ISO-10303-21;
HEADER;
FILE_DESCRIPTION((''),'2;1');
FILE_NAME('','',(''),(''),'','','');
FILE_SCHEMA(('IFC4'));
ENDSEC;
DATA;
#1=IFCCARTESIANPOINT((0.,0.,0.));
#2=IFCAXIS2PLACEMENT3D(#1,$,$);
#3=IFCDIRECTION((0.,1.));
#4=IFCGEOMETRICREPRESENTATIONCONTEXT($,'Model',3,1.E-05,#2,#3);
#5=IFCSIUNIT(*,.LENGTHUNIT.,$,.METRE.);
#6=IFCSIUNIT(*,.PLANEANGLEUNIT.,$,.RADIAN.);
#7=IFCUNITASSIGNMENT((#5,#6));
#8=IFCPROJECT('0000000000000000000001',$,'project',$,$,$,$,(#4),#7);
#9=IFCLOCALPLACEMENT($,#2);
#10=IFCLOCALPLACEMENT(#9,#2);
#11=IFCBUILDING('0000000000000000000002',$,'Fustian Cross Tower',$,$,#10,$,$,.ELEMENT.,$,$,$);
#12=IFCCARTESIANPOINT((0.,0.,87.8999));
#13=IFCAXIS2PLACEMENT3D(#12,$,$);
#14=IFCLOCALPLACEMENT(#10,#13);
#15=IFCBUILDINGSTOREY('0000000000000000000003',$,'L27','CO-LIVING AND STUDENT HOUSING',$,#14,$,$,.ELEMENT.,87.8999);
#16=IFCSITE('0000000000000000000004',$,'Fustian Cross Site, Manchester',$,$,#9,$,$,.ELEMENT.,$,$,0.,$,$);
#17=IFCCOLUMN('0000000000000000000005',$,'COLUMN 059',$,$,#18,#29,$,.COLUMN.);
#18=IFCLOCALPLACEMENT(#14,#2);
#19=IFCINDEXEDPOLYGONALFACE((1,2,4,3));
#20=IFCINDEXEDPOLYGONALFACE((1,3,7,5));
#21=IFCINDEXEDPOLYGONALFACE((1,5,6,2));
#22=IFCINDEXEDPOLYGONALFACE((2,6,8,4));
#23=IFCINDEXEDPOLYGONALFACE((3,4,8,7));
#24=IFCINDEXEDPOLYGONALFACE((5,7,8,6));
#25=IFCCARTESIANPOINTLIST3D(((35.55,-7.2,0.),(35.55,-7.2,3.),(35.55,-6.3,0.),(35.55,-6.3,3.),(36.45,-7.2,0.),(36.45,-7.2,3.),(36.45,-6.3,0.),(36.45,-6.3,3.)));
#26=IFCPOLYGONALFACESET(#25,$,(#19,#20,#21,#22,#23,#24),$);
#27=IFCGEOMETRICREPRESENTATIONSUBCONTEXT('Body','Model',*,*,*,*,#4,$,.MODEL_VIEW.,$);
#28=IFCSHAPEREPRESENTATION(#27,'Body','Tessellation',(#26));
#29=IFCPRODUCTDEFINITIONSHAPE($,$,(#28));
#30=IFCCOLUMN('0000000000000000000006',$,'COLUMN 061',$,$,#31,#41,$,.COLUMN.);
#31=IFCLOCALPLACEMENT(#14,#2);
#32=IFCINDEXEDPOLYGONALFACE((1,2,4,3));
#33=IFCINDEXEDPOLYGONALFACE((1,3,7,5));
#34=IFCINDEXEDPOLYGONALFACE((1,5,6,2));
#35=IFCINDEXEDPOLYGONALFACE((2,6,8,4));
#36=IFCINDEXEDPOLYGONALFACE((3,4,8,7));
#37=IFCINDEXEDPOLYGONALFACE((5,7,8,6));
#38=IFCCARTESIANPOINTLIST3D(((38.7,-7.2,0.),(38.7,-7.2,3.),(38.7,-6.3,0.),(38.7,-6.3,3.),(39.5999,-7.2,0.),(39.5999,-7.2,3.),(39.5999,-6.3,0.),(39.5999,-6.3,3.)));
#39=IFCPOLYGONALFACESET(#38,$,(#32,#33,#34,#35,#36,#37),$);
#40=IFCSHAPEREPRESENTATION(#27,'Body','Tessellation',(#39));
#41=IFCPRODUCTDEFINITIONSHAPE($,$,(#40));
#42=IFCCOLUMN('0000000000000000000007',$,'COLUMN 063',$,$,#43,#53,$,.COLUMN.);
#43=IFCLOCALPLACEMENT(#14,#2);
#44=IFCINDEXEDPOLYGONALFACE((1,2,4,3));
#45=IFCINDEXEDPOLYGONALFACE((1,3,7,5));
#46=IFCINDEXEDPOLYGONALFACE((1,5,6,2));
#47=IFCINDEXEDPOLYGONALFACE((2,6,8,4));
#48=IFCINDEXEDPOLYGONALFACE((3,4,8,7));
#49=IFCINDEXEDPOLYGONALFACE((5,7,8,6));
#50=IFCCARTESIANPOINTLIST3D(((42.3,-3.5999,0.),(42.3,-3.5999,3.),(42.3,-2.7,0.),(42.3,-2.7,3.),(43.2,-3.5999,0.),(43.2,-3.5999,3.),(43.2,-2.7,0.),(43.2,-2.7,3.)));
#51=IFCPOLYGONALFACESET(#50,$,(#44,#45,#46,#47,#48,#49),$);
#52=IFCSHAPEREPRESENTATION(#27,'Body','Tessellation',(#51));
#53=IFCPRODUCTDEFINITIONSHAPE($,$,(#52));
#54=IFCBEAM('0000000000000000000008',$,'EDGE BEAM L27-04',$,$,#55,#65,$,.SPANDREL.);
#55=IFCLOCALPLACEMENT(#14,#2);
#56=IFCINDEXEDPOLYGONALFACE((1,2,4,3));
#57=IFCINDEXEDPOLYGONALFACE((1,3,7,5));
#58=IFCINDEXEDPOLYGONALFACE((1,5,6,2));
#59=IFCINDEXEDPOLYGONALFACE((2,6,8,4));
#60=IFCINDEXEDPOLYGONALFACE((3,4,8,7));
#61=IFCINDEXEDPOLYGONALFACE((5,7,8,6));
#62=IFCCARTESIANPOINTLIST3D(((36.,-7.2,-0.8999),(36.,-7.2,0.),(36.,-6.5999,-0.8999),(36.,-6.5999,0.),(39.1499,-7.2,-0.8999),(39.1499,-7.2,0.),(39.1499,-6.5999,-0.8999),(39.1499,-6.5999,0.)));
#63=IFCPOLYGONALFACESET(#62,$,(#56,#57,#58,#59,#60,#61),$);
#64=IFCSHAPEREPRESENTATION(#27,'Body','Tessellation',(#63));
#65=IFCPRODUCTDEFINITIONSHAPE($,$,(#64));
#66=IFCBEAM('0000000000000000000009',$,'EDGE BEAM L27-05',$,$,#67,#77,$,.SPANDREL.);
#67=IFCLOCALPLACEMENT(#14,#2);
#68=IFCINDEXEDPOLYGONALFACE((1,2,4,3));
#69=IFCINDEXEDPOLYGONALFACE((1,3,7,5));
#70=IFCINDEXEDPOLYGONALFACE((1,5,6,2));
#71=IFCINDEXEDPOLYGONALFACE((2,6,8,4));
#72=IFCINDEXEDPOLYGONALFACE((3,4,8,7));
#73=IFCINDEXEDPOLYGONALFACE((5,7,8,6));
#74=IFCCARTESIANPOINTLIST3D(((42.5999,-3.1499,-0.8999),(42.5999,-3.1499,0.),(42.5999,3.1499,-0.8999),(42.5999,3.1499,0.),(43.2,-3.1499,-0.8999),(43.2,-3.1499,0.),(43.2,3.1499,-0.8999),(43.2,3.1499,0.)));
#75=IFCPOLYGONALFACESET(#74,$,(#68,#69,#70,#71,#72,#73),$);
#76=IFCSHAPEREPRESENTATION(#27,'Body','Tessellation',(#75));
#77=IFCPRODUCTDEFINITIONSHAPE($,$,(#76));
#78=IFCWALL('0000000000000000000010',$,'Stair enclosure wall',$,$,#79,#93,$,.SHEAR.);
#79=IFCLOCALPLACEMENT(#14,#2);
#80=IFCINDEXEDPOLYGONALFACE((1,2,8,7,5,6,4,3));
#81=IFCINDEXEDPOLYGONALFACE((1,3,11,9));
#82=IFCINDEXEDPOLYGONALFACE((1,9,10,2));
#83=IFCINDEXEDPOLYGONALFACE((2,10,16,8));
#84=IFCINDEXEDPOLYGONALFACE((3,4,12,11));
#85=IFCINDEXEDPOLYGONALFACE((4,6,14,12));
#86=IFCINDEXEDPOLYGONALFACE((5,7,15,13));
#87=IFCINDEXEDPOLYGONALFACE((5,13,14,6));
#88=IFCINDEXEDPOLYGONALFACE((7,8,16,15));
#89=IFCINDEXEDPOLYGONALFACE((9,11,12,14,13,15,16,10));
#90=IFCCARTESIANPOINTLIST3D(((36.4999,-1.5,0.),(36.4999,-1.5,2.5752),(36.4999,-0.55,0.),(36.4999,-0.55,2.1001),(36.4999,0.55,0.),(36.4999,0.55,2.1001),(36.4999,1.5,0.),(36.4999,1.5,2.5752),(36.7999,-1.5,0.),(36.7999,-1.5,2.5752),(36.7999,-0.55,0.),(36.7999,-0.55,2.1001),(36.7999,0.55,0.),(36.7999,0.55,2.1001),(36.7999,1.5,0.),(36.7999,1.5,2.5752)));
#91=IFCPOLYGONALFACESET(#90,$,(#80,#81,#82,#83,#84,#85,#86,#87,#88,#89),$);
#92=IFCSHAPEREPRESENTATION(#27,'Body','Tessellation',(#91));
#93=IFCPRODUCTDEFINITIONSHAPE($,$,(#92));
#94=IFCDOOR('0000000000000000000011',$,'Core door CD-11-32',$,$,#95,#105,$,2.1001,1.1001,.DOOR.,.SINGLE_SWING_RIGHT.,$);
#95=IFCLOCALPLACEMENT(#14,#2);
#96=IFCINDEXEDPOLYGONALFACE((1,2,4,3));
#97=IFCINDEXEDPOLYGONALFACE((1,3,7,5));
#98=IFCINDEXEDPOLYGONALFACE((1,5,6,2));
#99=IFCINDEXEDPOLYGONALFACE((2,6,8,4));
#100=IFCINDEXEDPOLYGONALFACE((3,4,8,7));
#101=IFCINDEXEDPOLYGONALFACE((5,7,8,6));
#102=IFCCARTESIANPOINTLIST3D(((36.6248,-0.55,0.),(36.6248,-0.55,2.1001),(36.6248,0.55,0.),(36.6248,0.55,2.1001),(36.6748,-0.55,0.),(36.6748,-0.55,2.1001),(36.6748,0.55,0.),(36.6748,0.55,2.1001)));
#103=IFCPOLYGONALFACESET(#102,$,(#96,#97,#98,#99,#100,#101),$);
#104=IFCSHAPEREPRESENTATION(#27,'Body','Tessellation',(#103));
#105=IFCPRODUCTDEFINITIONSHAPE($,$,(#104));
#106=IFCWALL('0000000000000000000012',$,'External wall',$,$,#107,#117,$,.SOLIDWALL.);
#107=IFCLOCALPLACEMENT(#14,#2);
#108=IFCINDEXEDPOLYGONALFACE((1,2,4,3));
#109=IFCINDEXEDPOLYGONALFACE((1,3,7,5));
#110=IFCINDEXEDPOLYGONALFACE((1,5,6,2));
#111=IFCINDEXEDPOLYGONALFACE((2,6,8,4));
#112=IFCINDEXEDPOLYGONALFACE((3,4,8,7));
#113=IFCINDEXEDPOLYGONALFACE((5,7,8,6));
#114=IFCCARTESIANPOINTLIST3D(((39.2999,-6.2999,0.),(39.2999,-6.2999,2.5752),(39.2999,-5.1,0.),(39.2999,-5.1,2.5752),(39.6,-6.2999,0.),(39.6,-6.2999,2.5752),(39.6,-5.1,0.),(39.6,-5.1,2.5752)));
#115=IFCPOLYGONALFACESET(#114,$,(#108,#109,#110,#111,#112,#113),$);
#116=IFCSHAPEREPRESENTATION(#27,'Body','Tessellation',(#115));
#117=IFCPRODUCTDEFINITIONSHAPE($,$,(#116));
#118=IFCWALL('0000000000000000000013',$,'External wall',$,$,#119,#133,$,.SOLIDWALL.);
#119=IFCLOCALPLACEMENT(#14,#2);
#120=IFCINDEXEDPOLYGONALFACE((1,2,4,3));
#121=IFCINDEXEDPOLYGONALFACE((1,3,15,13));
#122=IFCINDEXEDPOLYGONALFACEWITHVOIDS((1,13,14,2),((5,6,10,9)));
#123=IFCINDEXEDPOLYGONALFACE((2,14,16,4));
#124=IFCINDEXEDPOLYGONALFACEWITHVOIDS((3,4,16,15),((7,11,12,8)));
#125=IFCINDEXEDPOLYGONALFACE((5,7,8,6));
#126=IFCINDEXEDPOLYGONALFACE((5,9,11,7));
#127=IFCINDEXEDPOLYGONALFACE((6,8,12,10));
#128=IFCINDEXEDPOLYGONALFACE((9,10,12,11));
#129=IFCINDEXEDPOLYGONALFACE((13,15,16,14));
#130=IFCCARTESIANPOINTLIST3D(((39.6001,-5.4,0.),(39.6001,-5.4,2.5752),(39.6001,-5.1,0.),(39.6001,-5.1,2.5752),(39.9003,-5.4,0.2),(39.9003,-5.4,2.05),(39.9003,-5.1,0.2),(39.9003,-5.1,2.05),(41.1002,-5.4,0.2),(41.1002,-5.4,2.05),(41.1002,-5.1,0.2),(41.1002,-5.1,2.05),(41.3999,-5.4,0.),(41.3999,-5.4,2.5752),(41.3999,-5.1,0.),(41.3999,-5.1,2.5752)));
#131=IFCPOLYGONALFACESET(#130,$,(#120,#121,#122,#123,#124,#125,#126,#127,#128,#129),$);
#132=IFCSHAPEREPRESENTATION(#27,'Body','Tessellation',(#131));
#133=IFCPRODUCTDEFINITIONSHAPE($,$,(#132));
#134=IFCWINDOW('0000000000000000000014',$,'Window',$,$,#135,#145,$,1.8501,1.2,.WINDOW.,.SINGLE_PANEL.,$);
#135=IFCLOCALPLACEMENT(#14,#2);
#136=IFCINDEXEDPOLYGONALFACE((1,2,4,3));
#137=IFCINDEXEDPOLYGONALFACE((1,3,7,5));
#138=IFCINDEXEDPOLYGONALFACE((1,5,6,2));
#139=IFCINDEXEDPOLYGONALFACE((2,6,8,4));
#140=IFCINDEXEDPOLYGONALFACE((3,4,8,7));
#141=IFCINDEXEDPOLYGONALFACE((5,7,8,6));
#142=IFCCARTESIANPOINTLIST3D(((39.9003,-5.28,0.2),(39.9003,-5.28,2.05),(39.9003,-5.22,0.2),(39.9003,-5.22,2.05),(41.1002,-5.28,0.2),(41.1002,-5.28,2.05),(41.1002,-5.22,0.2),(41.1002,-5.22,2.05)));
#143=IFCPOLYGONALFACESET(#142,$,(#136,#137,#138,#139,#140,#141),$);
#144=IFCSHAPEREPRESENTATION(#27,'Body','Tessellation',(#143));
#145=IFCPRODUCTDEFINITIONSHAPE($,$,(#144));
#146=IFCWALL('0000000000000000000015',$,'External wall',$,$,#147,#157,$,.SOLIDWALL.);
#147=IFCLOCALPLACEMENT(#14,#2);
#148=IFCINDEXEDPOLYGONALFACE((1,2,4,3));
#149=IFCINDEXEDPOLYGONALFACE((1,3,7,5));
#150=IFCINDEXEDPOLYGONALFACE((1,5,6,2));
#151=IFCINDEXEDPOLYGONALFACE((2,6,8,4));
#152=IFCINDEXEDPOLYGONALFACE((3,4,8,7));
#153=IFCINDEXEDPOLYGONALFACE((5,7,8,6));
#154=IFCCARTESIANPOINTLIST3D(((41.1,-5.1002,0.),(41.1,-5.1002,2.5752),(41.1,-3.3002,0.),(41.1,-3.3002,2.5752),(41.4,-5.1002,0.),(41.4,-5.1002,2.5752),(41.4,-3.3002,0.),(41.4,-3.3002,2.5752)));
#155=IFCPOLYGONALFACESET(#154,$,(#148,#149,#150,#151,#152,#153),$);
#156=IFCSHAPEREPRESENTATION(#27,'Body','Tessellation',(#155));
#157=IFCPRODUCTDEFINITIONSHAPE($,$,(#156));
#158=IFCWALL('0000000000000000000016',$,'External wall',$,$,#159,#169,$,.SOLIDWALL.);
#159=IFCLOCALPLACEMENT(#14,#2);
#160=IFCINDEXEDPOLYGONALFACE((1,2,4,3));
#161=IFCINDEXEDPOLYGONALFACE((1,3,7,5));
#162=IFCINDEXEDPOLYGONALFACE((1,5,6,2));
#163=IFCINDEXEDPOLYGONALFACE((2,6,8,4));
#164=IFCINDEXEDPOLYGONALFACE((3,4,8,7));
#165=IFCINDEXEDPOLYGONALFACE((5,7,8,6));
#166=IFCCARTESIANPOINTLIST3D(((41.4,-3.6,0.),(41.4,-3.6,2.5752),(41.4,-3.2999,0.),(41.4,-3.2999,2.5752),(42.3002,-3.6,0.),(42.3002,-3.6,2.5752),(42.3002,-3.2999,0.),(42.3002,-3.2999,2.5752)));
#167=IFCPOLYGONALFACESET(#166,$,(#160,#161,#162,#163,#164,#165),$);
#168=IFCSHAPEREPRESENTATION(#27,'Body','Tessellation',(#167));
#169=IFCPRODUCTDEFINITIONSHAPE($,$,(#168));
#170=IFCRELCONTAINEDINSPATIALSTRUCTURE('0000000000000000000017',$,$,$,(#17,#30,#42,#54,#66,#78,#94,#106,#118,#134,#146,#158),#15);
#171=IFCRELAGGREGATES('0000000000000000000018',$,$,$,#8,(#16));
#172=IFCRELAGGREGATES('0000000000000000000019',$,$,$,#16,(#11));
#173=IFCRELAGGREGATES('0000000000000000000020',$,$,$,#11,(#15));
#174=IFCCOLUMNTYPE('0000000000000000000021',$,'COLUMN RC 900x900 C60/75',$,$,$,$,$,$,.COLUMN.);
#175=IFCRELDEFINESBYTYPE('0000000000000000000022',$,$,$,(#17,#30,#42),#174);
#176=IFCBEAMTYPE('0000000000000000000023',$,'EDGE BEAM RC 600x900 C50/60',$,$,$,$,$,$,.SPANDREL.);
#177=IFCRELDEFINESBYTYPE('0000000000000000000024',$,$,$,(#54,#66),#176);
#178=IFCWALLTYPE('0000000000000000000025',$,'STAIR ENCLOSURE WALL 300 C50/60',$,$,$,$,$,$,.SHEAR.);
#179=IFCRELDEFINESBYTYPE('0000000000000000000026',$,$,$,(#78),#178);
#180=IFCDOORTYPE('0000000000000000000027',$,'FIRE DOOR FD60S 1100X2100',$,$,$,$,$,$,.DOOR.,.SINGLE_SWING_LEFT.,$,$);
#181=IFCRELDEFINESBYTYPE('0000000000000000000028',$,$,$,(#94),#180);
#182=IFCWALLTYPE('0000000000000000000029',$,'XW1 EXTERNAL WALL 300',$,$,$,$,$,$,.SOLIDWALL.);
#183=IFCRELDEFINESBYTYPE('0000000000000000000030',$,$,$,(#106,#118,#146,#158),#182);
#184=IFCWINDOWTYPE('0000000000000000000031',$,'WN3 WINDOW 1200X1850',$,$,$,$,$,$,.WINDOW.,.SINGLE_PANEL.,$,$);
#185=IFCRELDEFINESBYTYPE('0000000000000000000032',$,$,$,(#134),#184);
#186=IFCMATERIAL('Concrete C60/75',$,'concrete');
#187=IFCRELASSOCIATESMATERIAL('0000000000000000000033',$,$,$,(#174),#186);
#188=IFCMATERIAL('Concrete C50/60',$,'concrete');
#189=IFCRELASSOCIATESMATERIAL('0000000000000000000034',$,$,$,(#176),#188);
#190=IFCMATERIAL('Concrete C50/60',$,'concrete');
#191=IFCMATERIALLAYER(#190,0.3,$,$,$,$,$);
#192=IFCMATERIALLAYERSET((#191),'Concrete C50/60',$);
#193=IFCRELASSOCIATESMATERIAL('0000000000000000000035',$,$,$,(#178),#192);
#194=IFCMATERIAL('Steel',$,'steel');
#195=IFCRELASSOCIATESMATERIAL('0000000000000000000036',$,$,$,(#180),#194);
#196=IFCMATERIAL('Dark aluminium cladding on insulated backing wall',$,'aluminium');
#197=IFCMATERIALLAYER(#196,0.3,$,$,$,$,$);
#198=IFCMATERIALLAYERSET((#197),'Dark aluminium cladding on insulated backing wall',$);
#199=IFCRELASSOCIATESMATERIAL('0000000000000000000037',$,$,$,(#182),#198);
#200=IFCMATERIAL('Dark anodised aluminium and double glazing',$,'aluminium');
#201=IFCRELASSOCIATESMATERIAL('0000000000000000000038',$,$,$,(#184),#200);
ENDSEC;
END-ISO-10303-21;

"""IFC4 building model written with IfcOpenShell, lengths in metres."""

from ifc_helpers import new_model, si_unit, direction, frame, frame_2d, origin, origin_2d, place, context, subcontext, project, spatial, rectangle, extrude, material, layer, layer_set, material_profile, profile_set, type_object, element, fill, save


model = new_model("IFC4")

# Units and contexts
model_context = context("Model", 3, precision=1e-05, world=origin(), true_north=direction((0.0, 1.0)))
body_context = subcontext(model_context, "Body", "Model", "MODEL_VIEW")
ifc_project = project(units=[si_unit("LENGTHUNIT", "METRE"), si_unit("PLANEANGLEUNIT", "RADIAN")], contexts=[model_context])

# Site, building, storey
site_placement = place(None, origin())
site = spatial("IfcSite", under=ifc_project, at=site_placement, Name="Fustian Cross Site, Manchester", CompositionType="ELEMENT", RefElevation=0.0)
building_placement = place(site_placement, origin())
building = spatial("IfcBuilding", under=site, at=building_placement, Name="Fustian Cross Tower", CompositionType="ELEMENT")
storey_placement = place(building_placement, frame((0.0, 0.0, 87.8999)))
storey = spatial("IfcBuildingStorey", under=building, at=storey_placement, Name="L27", Description="CO-LIVING AND STUDENT HOUSING", CompositionType="ELEMENT", Elevation=87.8999)

# Columns
ifc_material_1 = material(Name="Concrete C60/75", Category="concrete")
ifc_material_profile_1 = material_profile(ifc_material_1, rectangle(XDim=0.8999, YDim=0.8999, at=origin_2d()), Name="RC 900x900")
ifc_profile_set_1 = profile_set([ifc_material_profile_1], Name="Concrete C60/75")
column_type = type_object("IfcColumnType", Name="COLUMN RC 900x900 C60/75", PredefinedType="COLUMN", material=ifc_profile_set_1)
for number, where, z_axis, x_axis, name in (
    (1, (36.0, -6.75, 0.0), (0.0, 0.0, 1.0), (1.0, 0.0, 0.0), "COLUMN 059"),
    (2, (39.1499, -6.75, 0.0), (0.0, 0.0, 1.0), (1.0, 0.0, 0.0), "COLUMN 061"),
    (3, (42.75, -3.1499, 0.0), (0.0, 0.0, 1.0), (1.0, 0.0, 0.0), "COLUMN 063"),
):
    element("IfcColumn", number, at=place(storey_placement, frame(where, z_axis=z_axis, x_axis=x_axis)), inside=storey, type_object=column_type, Name=name, PredefinedType="COLUMN", context=body_context, shape_type="SweptSolid", body=[
        extrude(rectangle(XDim=0.8999, YDim=0.8999, at=origin_2d()), origin(), (0.0, 0.0, 1.0), 3.0),
    ])

# Beams
ifc_material_2 = material(Name="Concrete C50/60", Category="concrete")
ifc_material_profile_2 = material_profile(ifc_material_2, rectangle(XDim=0.6001, YDim=0.8999, at=origin_2d()), Name="RC 600x900")
ifc_profile_set_2 = profile_set([ifc_material_profile_2], Name="Concrete C50/60")
beam_type = type_object("IfcBeamType", Name="EDGE BEAM RC 600x900 C50/60", PredefinedType="SPANDREL", material=ifc_profile_set_2)
beam_1_placement = place(storey_placement, frame((36.0, -6.8999, -0.45), z_axis=(1.0, 0.0, 0.0), x_axis=(0.0, 1.0, 0.0)))
element("IfcBeam", 4, at=beam_1_placement, inside=storey, type_object=beam_type, Name="EDGE BEAM L27-04", PredefinedType="SPANDREL", context=body_context, shape_type="SweptSolid", body=[
    extrude(rectangle(XDim=0.6001, YDim=0.8999, at=origin_2d()), origin(), (0.0, 0.0, 1.0), 3.1499),
])
beam_2_placement = place(storey_placement, frame((42.8999, -3.1499, -0.45), z_axis=(0.0, 1.0, 0.0), x_axis=(-1.0, 0.0, 0.0)))
element("IfcBeam", 5, at=beam_2_placement, inside=storey, type_object=beam_type, Name="EDGE BEAM L27-05", PredefinedType="SPANDREL", context=body_context, shape_type="SweptSolid", body=[
    extrude(rectangle(XDim=0.6001, YDim=0.8999, at=origin_2d()), origin(), (0.0, 0.0, 1.0), 6.2998),
])

# Wall, opening, door
ifc_material_3 = material(Name="Concrete C50/60", Category="concrete")
ifc_layer_1 = layer(ifc_material_3, 0.3)
ifc_layer_set_1 = layer_set([ifc_layer_1], Name="Concrete C50/60")
wall_type_1 = type_object("IfcWallType", Name="STAIR ENCLOSURE WALL 300 C50/60", PredefinedType="SHEAR", material=ifc_layer_set_1)
wall_1_placement = place(storey_placement, frame((36.6499, -1.5, 0.0), z_axis=(0.0, 0.0, 1.0), x_axis=(0.0, 1.0, 0.0)))
wall_1 = element("IfcWall", 6, at=wall_1_placement, inside=storey, type_object=wall_type_1, Name="Stair enclosure wall", PredefinedType="SHEAR", context=body_context, shape_type="SweptSolid", body=[
    extrude(rectangle(XDim=3.0, YDim=0.3, at=frame_2d((1.5, 0.0))), origin(), (0.0, 0.0, 1.0), 2.5752),
])
opening_1_placement = place(wall_1_placement, frame((0.95, 0.0, 0.0)))
opening_1 = element("IfcOpeningElement", 7, at=opening_1_placement, cuts=wall_1, PredefinedType="OPENING", context=body_context, shape_type="SweptSolid", body=[
    extrude(rectangle(XDim=1.1001, YDim=2.1001, at=frame_2d((0.55, 1.05))), frame((0.0, 0.1599, 0.0), z_axis=(0.0, -1.0, 0.0), x_axis=(1.0, 0.0, 0.0)), (0.0, 0.0, 1.0), 0.3201),
])
ifc_material_4 = material(Name="Steel", Category="steel")
door_type = type_object("IfcDoorType", Name="FIRE DOOR FD60S 1100X2100", OperationType="SINGLE_SWING_LEFT", PredefinedType="DOOR", material=ifc_material_4)
door_placement = place(opening_1_placement, frame((1.1001, 0.0, 0.0), z_axis=(0.0, 0.0, 1.0), x_axis=(-1.0, 0.0, 0.0)))
door = element("IfcDoor", 8, at=door_placement, inside=storey, type_object=door_type, Name="Core door CD-11-32", OperationType="SINGLE_SWING_RIGHT", OverallHeight=2.1001, OverallWidth=1.1001, PredefinedType="DOOR", context=body_context, shape_type="SweptSolid", body=[
    extrude(rectangle(XDim=1.1001, YDim=2.1001, at=frame_2d((0.55, 1.05))), frame((0.0, 0.0249, 0.0), z_axis=(0.0, -1.0, 0.0), x_axis=(1.0, 0.0, 0.0)), (0.0, 0.0, 1.0), 0.05),
])
fill(opening_1, door)

# Wall
ifc_material_5 = material(Name="Dark aluminium cladding on insulated backing wall", Category="aluminium")
ifc_layer_2 = layer(ifc_material_5, 0.3)
ifc_layer_set_2 = layer_set([ifc_layer_2], Name="Dark aluminium cladding on insulated backing wall")
wall_type_2 = type_object("IfcWallType", Name="XW1 EXTERNAL WALL 300", PredefinedType="SOLIDWALL", material=ifc_layer_set_2)
wall_2_placement = place(storey_placement, frame((39.45, -6.3, 0.0), z_axis=(0.0, 0.0, 1.0), x_axis=(0.0, 1.0, 0.0)))
element("IfcWall", 9, at=wall_2_placement, inside=storey, type_object=wall_type_2, Name="External wall", PredefinedType="SOLIDWALL", context=body_context, shape_type="SweptSolid", body=[
    extrude(rectangle(XDim=1.2, YDim=0.3, at=frame_2d((0.6001, 0.0))), origin(), (0.0, 0.0, 1.0), 2.5752),
])

# Wall, opening, window
wall_3_placement = place(storey_placement, frame((39.6001, -5.25, 0.0), z_axis=(0.0, 0.0, 1.0), x_axis=(1.0, 0.0, 0.0)))
wall_3 = element("IfcWall", 10, at=wall_3_placement, inside=storey, type_object=wall_type_2, Name="External wall", PredefinedType="SOLIDWALL", context=body_context, shape_type="SweptSolid", body=[
    extrude(rectangle(XDim=1.7998, YDim=0.3, at=frame_2d((0.8999, 0.0))), origin(), (0.0, 0.0, 1.0), 2.5752),
])
opening_2_placement = place(wall_3_placement, frame((0.3, 0.0, 0.2)))
opening_2 = element("IfcOpeningElement", 11, at=opening_2_placement, cuts=wall_3, PredefinedType="OPENING", context=body_context, shape_type="SweptSolid", body=[
    extrude(rectangle(XDim=1.2, YDim=1.8501, at=frame_2d((0.6001, 0.925))), frame((0.0, 0.1599, 0.0), z_axis=(0.0, -1.0, 0.0), x_axis=(1.0, 0.0, 0.0)), (0.0, 0.0, 1.0), 0.3201),
])
ifc_material_6 = material(Name="Dark anodised aluminium and double glazing", Category="aluminium")
window_type_1 = type_object("IfcWindowType", Name="WN3 WINDOW 1200X1850", PartitioningType="SINGLE_PANEL", PredefinedType="WINDOW", material=ifc_material_6)
window_1_placement = place(opening_2_placement, origin())
window_1 = element("IfcWindow", 12, at=window_1_placement, inside=storey, type_object=window_type_1, Name="Window", OverallHeight=1.8501, OverallWidth=1.2, PartitioningType="SINGLE_PANEL", PredefinedType="WINDOW", context=body_context, shape_type="SweptSolid", body=[
    extrude(rectangle(XDim=1.2, YDim=1.8501, at=frame_2d((0.6001, 0.925))), frame((0.0, 0.03, 0.0), z_axis=(0.0, -1.0, 0.0), x_axis=(1.0, 0.0, 0.0)), (0.0, 0.0, 1.0), 0.0601),
])
fill(opening_2, window_1)

# Walls
wall_4_placement = place(storey_placement, frame((41.25, -5.1001, 0.0), z_axis=(0.0, 0.0, 1.0), x_axis=(0.0, 1.0, 0.0)))
element("IfcWall", 13, at=wall_4_placement, inside=storey, type_object=wall_type_2, Name="External wall", PredefinedType="SOLIDWALL", context=body_context, shape_type="SweptSolid", body=[
    extrude(rectangle(XDim=1.8, YDim=0.3, at=frame_2d((0.8999, 0.0))), origin(), (0.0, 0.0, 1.0), 2.5752),
])
wall_5_placement = place(storey_placement, frame((41.3999, -3.45, 0.0), z_axis=(0.0, 0.0, 1.0), x_axis=(1.0, 0.0, 0.0)))
element("IfcWall", 14, at=wall_5_placement, inside=storey, type_object=wall_type_2, Name="External wall", PredefinedType="SOLIDWALL", context=body_context, shape_type="SweptSolid", body=[
    extrude(rectangle(XDim=0.9001, YDim=0.3, at=frame_2d((0.4502, 0.0))), origin(), (0.0, 0.0, 1.0), 2.5752),
])

save(model, "model.ifc")
